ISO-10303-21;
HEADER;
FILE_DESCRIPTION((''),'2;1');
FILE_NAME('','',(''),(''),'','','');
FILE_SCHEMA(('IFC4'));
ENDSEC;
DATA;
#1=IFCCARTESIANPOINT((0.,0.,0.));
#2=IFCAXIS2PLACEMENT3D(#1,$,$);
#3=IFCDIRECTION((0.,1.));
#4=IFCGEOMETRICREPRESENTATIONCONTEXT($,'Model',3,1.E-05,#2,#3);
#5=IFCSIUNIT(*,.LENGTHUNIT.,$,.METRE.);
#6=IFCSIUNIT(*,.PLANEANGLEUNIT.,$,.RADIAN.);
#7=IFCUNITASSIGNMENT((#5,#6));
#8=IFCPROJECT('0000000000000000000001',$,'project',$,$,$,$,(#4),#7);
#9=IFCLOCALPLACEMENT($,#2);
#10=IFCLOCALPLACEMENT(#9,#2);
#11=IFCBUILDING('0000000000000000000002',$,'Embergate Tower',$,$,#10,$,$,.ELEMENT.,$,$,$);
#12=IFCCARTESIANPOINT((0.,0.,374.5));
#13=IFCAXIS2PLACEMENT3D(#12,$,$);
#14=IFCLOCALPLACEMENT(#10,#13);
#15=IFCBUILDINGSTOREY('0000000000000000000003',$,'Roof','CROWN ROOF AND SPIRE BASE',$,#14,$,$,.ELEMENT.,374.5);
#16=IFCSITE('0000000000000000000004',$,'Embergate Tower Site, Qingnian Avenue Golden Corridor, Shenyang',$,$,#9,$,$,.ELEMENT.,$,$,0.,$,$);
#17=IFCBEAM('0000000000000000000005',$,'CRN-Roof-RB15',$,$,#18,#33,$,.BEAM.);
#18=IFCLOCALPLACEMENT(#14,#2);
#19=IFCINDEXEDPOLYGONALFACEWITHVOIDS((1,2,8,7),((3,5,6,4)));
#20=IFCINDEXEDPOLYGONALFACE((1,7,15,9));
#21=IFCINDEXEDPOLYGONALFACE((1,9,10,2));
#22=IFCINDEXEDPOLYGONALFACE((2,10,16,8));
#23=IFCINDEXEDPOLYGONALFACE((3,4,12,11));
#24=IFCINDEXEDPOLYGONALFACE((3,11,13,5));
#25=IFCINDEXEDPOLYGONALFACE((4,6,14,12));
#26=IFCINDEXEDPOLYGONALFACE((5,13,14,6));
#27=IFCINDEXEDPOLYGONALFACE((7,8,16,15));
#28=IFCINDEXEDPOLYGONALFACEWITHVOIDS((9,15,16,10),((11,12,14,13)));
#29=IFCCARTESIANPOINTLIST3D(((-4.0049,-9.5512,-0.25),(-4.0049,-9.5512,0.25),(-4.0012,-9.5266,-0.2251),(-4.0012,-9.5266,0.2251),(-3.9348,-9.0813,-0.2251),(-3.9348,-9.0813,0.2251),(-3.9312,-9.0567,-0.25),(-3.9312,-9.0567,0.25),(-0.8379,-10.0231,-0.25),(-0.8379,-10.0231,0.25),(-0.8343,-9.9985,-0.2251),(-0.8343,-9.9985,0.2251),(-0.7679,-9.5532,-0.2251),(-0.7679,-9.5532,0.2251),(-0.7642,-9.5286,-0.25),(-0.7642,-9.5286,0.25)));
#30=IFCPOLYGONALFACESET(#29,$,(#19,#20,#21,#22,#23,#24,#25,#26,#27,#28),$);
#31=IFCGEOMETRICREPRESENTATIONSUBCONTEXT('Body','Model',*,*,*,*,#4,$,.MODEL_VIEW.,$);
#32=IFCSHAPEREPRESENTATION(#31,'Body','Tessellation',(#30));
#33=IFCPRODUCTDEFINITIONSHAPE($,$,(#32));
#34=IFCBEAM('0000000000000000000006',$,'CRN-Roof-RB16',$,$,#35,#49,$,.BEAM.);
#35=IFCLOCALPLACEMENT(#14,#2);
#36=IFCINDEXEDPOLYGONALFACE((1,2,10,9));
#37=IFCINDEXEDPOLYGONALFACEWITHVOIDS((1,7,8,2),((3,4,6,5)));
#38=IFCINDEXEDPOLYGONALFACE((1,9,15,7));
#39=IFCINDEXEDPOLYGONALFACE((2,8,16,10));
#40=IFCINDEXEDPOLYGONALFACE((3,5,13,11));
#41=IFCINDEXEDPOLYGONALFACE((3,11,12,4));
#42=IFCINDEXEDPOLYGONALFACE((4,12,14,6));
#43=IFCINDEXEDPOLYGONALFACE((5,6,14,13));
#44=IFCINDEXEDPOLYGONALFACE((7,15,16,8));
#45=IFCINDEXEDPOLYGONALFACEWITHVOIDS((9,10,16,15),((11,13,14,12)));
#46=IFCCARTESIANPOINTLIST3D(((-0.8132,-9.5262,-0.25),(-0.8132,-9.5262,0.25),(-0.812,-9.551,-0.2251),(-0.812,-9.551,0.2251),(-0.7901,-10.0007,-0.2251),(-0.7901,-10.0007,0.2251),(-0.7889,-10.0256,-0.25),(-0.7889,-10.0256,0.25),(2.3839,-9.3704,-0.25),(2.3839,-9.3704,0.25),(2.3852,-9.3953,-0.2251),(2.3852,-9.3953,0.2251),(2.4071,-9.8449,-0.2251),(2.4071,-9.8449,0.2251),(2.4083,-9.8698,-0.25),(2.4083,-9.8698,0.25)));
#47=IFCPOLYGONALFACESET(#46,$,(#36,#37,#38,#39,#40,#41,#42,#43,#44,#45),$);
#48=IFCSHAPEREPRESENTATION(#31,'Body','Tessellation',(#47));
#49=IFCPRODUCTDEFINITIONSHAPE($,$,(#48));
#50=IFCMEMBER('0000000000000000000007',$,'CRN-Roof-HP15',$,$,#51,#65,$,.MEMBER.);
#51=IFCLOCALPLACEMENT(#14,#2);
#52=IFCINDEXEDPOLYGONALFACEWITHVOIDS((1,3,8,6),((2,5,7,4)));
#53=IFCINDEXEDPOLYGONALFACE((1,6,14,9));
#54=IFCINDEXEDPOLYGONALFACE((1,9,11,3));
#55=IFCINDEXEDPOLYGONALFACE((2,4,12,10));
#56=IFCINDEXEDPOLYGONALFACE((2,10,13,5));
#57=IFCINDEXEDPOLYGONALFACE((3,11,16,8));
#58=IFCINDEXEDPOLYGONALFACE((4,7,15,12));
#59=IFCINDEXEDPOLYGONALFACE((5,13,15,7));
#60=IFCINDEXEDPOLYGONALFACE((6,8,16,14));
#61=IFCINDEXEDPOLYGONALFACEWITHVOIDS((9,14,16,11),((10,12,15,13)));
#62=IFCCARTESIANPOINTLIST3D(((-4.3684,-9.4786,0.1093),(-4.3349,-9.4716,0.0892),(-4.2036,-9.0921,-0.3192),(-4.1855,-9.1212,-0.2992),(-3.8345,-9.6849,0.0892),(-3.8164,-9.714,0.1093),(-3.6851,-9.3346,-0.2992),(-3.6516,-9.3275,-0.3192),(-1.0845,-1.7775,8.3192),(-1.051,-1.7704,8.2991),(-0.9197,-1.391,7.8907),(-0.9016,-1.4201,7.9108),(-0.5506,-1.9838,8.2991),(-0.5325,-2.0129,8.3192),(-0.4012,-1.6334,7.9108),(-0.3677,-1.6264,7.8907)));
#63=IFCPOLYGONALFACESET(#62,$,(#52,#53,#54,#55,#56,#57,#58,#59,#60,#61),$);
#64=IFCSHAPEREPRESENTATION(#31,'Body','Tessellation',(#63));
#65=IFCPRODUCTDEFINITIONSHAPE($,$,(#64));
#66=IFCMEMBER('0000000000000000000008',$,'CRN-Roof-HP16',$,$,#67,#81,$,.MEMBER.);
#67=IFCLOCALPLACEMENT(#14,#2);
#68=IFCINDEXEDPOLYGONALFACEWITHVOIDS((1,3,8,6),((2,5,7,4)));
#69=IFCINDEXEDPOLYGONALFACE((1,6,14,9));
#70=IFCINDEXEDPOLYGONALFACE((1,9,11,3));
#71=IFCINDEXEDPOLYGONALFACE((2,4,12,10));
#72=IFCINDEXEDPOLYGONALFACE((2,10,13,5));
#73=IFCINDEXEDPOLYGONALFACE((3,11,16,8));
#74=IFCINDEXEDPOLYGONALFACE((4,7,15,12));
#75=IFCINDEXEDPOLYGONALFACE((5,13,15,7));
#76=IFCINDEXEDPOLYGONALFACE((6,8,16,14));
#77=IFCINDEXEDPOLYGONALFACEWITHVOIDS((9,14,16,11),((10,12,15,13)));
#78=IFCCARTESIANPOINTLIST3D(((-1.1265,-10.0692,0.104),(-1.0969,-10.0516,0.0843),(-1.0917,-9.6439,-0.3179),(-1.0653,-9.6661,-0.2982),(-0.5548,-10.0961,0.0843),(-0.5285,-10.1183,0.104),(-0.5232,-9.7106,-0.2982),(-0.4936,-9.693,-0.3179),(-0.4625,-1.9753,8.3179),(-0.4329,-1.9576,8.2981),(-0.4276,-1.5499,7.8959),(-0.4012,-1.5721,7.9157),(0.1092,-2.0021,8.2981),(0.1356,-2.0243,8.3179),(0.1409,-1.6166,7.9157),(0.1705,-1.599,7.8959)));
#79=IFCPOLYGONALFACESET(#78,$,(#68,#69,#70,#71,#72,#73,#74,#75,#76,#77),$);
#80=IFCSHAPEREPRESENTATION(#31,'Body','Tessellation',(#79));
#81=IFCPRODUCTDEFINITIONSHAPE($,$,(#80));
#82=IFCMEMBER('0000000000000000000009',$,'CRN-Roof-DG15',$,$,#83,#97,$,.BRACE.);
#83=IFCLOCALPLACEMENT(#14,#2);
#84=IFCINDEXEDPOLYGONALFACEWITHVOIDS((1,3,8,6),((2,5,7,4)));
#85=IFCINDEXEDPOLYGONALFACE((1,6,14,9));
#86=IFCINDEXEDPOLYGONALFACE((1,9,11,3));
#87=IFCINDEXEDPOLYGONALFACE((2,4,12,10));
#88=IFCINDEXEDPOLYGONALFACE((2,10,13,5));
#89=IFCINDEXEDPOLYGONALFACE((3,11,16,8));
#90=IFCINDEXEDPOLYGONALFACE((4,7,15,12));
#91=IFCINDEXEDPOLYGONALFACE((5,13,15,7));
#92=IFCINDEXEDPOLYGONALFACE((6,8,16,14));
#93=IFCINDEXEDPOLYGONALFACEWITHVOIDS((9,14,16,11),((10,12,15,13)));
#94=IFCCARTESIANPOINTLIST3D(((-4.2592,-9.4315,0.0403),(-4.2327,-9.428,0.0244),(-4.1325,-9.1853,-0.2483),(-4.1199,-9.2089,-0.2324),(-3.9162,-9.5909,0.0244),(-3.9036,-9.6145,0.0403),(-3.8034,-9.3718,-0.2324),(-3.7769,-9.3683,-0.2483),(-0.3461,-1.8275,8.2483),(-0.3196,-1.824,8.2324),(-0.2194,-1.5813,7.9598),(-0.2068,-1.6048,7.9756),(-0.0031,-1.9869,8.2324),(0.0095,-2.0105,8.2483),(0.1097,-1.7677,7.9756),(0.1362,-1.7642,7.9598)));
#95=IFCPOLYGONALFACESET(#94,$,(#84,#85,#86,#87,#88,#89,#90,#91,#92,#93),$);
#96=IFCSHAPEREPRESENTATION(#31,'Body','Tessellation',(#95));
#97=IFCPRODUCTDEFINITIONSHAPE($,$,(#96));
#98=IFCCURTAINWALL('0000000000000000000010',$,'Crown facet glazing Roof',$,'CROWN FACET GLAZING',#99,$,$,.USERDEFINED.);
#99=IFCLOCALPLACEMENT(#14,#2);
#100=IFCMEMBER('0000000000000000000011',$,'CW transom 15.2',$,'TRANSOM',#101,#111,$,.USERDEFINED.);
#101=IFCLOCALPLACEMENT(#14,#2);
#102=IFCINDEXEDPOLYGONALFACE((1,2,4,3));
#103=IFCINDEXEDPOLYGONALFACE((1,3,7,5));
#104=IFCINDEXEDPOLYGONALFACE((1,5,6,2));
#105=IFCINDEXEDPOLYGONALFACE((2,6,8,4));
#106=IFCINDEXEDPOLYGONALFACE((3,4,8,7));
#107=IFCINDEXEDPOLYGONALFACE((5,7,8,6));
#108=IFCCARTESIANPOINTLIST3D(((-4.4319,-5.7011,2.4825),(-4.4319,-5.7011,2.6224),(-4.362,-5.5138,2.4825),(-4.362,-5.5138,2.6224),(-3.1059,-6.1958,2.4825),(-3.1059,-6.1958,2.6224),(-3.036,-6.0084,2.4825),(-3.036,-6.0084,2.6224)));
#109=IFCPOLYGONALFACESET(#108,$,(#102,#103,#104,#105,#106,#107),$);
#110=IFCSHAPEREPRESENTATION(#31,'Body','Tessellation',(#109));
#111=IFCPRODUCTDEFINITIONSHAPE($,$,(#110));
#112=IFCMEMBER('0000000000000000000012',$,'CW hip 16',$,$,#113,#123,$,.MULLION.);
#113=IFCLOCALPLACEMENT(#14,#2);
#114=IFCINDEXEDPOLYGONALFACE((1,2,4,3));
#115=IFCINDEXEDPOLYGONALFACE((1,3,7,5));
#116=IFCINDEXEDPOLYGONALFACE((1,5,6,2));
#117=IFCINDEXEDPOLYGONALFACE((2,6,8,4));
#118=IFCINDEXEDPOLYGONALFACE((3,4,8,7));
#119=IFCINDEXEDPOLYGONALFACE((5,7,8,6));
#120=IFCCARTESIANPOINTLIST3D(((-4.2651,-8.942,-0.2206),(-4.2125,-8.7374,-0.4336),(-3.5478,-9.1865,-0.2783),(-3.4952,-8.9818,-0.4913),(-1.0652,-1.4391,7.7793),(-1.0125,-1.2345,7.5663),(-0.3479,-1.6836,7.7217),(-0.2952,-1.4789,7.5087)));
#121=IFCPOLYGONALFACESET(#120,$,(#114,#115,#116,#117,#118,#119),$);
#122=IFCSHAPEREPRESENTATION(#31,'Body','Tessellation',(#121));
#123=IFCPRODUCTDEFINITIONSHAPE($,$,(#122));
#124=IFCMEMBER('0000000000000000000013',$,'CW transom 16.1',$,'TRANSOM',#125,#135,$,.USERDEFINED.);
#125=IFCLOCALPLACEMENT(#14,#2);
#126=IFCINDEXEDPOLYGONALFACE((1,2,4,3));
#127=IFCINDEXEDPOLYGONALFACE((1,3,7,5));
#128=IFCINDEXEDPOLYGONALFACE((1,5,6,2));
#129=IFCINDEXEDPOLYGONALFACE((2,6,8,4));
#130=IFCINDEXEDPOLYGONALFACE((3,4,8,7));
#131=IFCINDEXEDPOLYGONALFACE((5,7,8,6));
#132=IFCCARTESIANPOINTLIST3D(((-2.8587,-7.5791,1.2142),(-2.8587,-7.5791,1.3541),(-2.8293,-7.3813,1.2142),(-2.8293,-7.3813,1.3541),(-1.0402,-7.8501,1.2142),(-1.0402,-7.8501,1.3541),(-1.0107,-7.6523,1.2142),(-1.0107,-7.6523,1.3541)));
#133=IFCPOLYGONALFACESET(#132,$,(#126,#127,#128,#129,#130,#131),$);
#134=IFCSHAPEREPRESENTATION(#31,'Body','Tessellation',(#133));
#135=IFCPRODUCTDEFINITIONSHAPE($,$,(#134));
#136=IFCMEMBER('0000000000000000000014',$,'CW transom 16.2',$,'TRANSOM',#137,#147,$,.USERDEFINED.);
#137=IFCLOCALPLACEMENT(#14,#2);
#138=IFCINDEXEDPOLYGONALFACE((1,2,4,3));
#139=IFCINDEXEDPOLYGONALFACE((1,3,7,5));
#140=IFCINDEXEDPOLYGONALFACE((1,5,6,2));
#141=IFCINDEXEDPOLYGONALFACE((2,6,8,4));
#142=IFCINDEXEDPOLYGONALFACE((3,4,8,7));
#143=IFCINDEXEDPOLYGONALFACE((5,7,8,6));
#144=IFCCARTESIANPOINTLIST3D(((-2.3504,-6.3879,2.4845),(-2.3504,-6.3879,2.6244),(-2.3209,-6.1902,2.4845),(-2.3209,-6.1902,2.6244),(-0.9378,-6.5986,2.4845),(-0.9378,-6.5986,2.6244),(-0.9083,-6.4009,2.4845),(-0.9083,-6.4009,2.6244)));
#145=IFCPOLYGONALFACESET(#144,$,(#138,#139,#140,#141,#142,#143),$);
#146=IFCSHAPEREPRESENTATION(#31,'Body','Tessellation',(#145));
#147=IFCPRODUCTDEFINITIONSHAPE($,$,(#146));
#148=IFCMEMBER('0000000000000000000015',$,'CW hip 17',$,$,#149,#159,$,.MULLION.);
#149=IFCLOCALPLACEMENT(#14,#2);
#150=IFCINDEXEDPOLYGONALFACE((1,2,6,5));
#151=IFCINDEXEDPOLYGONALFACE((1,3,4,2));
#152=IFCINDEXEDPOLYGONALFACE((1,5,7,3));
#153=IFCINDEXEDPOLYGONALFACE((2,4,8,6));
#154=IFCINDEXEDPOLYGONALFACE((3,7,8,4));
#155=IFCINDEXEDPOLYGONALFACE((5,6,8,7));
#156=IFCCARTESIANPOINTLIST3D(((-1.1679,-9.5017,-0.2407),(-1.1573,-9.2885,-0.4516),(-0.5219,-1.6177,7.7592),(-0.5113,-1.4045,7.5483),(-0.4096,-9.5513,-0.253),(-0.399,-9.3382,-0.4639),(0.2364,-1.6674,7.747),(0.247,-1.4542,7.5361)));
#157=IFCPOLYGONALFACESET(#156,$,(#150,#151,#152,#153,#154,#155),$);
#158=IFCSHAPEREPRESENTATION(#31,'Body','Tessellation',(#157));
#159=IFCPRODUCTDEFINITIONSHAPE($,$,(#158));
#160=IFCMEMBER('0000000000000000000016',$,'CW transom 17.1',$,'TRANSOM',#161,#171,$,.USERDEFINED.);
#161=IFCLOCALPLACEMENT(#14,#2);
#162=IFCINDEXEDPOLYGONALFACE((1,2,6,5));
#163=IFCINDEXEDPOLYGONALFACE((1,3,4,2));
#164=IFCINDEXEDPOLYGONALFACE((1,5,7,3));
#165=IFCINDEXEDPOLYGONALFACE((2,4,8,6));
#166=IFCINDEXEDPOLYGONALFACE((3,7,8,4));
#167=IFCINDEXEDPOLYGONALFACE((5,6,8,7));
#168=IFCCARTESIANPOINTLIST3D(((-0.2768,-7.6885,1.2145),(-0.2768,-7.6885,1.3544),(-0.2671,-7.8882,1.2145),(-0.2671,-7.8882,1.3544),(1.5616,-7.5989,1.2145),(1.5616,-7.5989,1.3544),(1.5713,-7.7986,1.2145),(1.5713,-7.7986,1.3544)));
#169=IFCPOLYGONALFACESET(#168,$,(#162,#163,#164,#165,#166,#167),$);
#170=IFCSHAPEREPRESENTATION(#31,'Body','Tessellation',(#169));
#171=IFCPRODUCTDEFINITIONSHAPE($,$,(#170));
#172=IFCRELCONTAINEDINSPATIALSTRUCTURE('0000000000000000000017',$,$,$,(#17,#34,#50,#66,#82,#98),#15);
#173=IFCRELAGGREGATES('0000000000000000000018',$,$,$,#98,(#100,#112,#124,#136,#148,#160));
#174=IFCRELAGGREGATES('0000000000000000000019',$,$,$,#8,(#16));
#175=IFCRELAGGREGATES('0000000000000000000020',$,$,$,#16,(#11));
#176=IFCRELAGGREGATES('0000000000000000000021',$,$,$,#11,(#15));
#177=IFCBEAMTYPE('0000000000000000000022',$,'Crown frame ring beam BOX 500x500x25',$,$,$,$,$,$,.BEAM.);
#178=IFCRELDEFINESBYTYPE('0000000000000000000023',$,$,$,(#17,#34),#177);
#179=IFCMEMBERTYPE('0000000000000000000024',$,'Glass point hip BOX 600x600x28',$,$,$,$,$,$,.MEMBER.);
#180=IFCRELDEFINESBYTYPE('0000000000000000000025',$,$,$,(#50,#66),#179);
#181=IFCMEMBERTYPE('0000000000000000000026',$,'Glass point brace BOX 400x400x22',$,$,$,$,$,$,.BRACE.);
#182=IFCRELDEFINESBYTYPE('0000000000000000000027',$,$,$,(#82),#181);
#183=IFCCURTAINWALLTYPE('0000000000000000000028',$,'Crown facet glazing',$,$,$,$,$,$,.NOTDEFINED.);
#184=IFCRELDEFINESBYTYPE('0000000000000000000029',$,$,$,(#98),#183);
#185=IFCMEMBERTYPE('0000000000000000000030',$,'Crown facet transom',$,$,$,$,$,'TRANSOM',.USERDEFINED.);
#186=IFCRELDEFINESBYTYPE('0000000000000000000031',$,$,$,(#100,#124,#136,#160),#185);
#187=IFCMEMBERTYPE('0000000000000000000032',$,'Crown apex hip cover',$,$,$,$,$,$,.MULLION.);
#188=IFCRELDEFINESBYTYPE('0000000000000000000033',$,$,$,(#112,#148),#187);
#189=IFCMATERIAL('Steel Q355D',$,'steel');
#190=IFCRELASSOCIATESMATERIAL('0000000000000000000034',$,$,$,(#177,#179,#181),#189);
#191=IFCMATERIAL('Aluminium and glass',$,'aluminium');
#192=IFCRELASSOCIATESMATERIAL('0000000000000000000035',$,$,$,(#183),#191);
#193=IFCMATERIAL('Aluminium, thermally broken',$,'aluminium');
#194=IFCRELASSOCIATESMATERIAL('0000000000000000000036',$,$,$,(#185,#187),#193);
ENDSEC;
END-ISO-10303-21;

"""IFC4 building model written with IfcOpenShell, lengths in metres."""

from ifc_helpers import new_model, si_unit, direction, frame, origin, origin_2d, place, context, subcontext, project, spatial, rectangle, hollow_rectangle, extrude, source, transform, mapped, material, material_profile, profile_set, type_object, element, aggregate, save


model = new_model("IFC4")

# Units and contexts
model_context = context("Model", 3, precision=1e-05, world=origin(), true_north=direction((0.0, 1.0)))
body_context = subcontext(model_context, "Body", "Model", "MODEL_VIEW")
ifc_project = project(units=[si_unit("LENGTHUNIT", "METRE"), si_unit("PLANEANGLEUNIT", "RADIAN")], contexts=[model_context])

# Site, building, storey
site_placement = place(None, origin())
site = spatial("IfcSite", under=ifc_project, at=site_placement, Name="Embergate Tower Site, Qingnian Avenue Golden Corridor, Shenyang", CompositionType="ELEMENT", RefElevation=0.0)
building_placement = place(site_placement, origin())
building = spatial("IfcBuilding", under=site, at=building_placement, Name="Embergate Tower", CompositionType="ELEMENT")
storey_placement = place(building_placement, frame((0.0, 0.0, 374.5)))
storey = spatial("IfcBuildingStorey", under=building, at=storey_placement, Name="Roof", Description="CROWN ROOF AND SPIRE BASE", CompositionType="ELEMENT", Elevation=374.5)

# Beams
ifc_material_1 = material(Name="Steel Q355D", Category="steel")
ifc_material_profile_1 = material_profile(ifc_material_1, hollow_rectangle(XDim=0.5, YDim=0.5, WallThickness=0.0249, at=origin_2d()), Name="BOX 500x500x25")
ifc_profile_set_1 = profile_set([ifc_material_profile_1], Name="Steel Q355 grade D")
beam_type = type_object("IfcBeamType", Name="Crown frame ring beam BOX 500x500x25", PredefinedType="BEAM", material=ifc_profile_set_1)
shared_shape_1 = source(origin(), body_context, "Body", "SweptSolid", [
    extrude(hollow_rectangle(XDim=0.5, YDim=0.5, WallThickness=0.0249, at=origin_2d()), origin(), (0.0, 0.0, 1.0), 3.2019),
])
beam_1_placement = place(storey_placement, frame((-3.968, -9.304, 0.0), z_axis=(0.989079, -0.147386, 0.0), x_axis=(0.147386, 0.989079, 0.0)))
element("IfcBeam", 1, at=beam_1_placement, inside=storey, type_object=beam_type, Name="CRN-Roof-RB15", PredefinedType="BEAM", context=body_context, shape_type="MappedRepresentation", body=[
    mapped(shared_shape_1, transform((0.0, 0.0, 0.0))),
])
shared_shape_2 = source(origin(), body_context, "Body", "SweptSolid", [
    extrude(hollow_rectangle(XDim=0.5, YDim=0.5, WallThickness=0.0249, at=origin_2d()), origin(), (0.0, 0.0, 1.0), 3.2009),
])
beam_2_placement = place(storey_placement, frame((-0.801, -9.7759, 0.0), z_axis=(0.998815, 0.048663, 0.0), x_axis=(-0.048663, 0.998815, 0.0)))
element("IfcBeam", 2, at=beam_2_placement, inside=storey, type_object=beam_type, Name="CRN-Roof-RB16", PredefinedType="BEAM", context=body_context, shape_type="MappedRepresentation", body=[
    mapped(shared_shape_2, transform((0.0, 0.0, 0.0))),
])

# Members
ifc_material_profile_2 = material_profile(ifc_material_1, hollow_rectangle(XDim=0.6001, YDim=0.6001, WallThickness=0.0281, at=origin_2d()), Name="BOX 600x600x28")
ifc_profile_set_2 = profile_set([ifc_material_profile_2], Name="Steel Q355 grade D")
member_type_1 = type_object("IfcMemberType", Name="Glass point hip BOX 600x600x28", PredefinedType="MEMBER", material=ifc_profile_set_2)
shared_shape_3 = source(origin(), body_context, "Body", "SweptSolid", [
    extrude(hollow_rectangle(XDim=0.6001, YDim=0.6001, WallThickness=0.0281, at=origin_2d()), origin(), (0.0, 0.0, 1.0), 11.7258),
])
member_1_placement = place(storey_placement, frame((-4.01, -9.4031, -0.105), z_axis=(0.280059, 0.656768, 0.700159), x_axis=(-0.91986, 0.392247, 0.0)))
element("IfcMember", 3, at=member_1_placement, inside=storey, type_object=member_type_1, Name="CRN-Roof-HP15", PredefinedType="MEMBER", context=body_context, shape_type="MappedRepresentation", body=[
    mapped(shared_shape_3, transform((0.0, 0.0, 0.0))),
])
shared_shape_4 = source(origin(), body_context, "Body", "SweptSolid", [
    extrude(hollow_rectangle(XDim=0.6001, YDim=0.6001, WallThickness=0.0281, at=origin_2d()), origin(), (0.0, 0.0, 1.0), 11.5508),
])
member_2_placement = place(storey_placement, frame((-0.8101, -9.8811, -0.1069), z_axis=(0.057491, 0.700729, 0.711107), x_axis=(-0.996651, 0.081769, 0.0)))
element("IfcMember", 4, at=member_2_placement, inside=storey, type_object=member_type_1, Name="CRN-Roof-HP16", PredefinedType="MEMBER", context=body_context, shape_type="MappedRepresentation", body=[
    mapped(shared_shape_4, transform((0.0, 0.0, 0.0))),
])
ifc_material_profile_3 = material_profile(ifc_material_1, hollow_rectangle(XDim=0.3999, YDim=0.3999, WallThickness=0.022, at=origin_2d()), Name="BOX 400x400x22")
ifc_profile_set_3 = profile_set([ifc_material_profile_3], Name="Steel Q355 grade D")
member_type_2 = type_object("IfcMemberType", Name="Glass point brace BOX 400x400x22", PredefinedType="BRACE", material=ifc_profile_set_3)
shared_shape_5 = source(origin(), body_context, "Body", "SweptSolid", [
    extrude(hollow_rectangle(XDim=0.3999, YDim=0.3999, WallThickness=0.022, at=origin_2d()), origin(), (0.0, 0.0, 1.0), 11.8535),
])
member_3_placement = place(storey_placement, frame((-4.0181, -9.3999, -0.104), z_axis=(0.330122, 0.641501, 0.692457), x_axis=(-0.889171, 0.457575, 0.0)))
element("IfcMember", 5, at=member_3_placement, inside=storey, type_object=member_type_2, Name="CRN-Roof-DG15", PredefinedType="BRACE", context=body_context, shape_type="MappedRepresentation", body=[
    mapped(shared_shape_5, transform((0.0, 0.0, 0.0))),
])

# Curtain wall, members
ifc_material_2 = material(Name="Aluminium and glass", Category="aluminium")
curtain_wall_type = type_object("IfcCurtainWallType", Name="Crown facet glazing", PredefinedType="NOTDEFINED", material=ifc_material_2)
curtain_wall_placement = place(storey_placement, origin())
curtain_wall = element("IfcCurtainWall", 6, at=curtain_wall_placement, inside=storey, type_object=curtain_wall_type, Name="Crown facet glazing Roof", ObjectType="CROWN FACET GLAZING", PredefinedType="USERDEFINED")
ifc_material_3 = material(Name="Aluminium, thermally broken", Category="aluminium")
ifc_material_profile_4 = material_profile(ifc_material_3, rectangle(XDim=0.2, YDim=0.1399, at=origin_2d()), Name="AL 140x200")
ifc_profile_set_4 = profile_set([ifc_material_profile_4], Name="Aluminium, thermally broken")
member_type_3 = type_object("IfcMemberType", Name="Crown facet transom", ElementType="TRANSOM", PredefinedType="USERDEFINED", material=ifc_profile_set_4)
shared_shape_6 = source(origin(), body_context, "Body", "SweptSolid", [
    extrude(rectangle(XDim=0.2, YDim=0.1399, at=origin_2d()), origin(), (0.0, 0.0, 1.0), 1.4153),
])
member_4_placement = place(storey_placement, frame((-4.397, -5.6074, 2.5525), z_axis=(0.93693, -0.349516, 0.0), x_axis=(0.349516, 0.93693, 0.0)))
member_4 = element("IfcMember", 7, at=member_4_placement, type_object=member_type_3, Name="CW transom 15.2", ObjectType="TRANSOM", PredefinedType="USERDEFINED", context=body_context, shape_type="MappedRepresentation", body=[
    mapped(shared_shape_6, transform((0.0, 0.0, 0.0))),
])
ifc_material_profile_5 = material_profile(ifc_material_3, rectangle(XDim=0.3, YDim=0.76, at=origin_2d()), Name="AL 760x300")
ifc_profile_set_5 = profile_set([ifc_material_profile_5], Name="Aluminium, thermally broken")
member_type_4 = type_object("IfcMemberType", Name="Crown apex hip cover", PredefinedType="MULLION", material=ifc_profile_set_5)
shared_shape_7 = source(origin(), body_context, "Body", "SweptSolid", [
    extrude(rectangle(XDim=0.3, YDim=0.76, at=origin_2d()), origin(), (0.0, 0.0, 1.0), 11.425),
])
member_5_placement = place(storey_placement, frame((-3.8801, -8.9619, -0.356), z_axis=(0.28008, 0.656704, 0.700211), x_axis=(-0.175395, -0.68212, 0.709894)))
member_5 = element("IfcMember", 8, at=member_5_placement, type_object=member_type_4, Name="CW hip 16", PredefinedType="MULLION", context=body_context, shape_type="MappedRepresentation", body=[
    mapped(shared_shape_7, transform((0.0, 0.0, 0.0))),
])
shared_shape_8 = source(origin(), body_context, "Body", "SweptSolid", [
    extrude(rectangle(XDim=0.2, YDim=0.1399, at=origin_2d()), origin(), (0.0, 0.0, 1.0), 1.8386),
])
member_6_placement = place(storey_placement, frame((-2.844, -7.4802, 1.2842), z_axis=(0.989079, -0.147386, 0.0), x_axis=(0.147386, 0.989079, 0.0)))
member_6 = element("IfcMember", 9, at=member_6_placement, type_object=member_type_3, Name="CW transom 16.1", ObjectType="TRANSOM", PredefinedType="USERDEFINED", context=body_context, shape_type="MappedRepresentation", body=[
    mapped(shared_shape_8, transform((0.0, 0.0, 0.0))),
])
shared_shape_9 = source(origin(), body_context, "Body", "SweptSolid", [
    extrude(rectangle(XDim=0.2, YDim=0.1399, at=origin_2d()), origin(), (0.0, 0.0, 1.0), 1.4282),
])
member_7_placement = place(storey_placement, frame((-2.3357, -6.2891, 2.5544), z_axis=(0.989059, -0.147521, 0.0), x_axis=(0.147521, 0.989059, 0.0)))
member_7 = element("IfcMember", 10, at=member_7_placement, type_object=member_type_3, Name="CW transom 16.2", ObjectType="TRANSOM", PredefinedType="USERDEFINED", context=body_context, shape_type="MappedRepresentation", body=[
    mapped(shared_shape_9, transform((0.0, 0.0, 0.0))),
])
shared_shape_10 = source(origin(), body_context, "Body", "SweptSolid", [
    extrude(rectangle(XDim=0.3, YDim=0.76, at=origin_2d()), origin(), (0.0, 0.0, 1.0), 11.2505),
])
member_8_placement = place(storey_placement, frame((-0.7834, -9.4199, -0.3523), z_axis=(0.057419, 0.700768, 0.711075), x_axis=(-0.035152, -0.71039, 0.70293)))
member_8 = element("IfcMember", 11, at=member_8_placement, type_object=member_type_4, Name="CW hip 17", PredefinedType="MULLION", context=body_context, shape_type="MappedRepresentation", body=[
    mapped(shared_shape_10, transform((0.0, 0.0, 0.0))),
])
shared_shape_11 = source(origin(), body_context, "Body", "SweptSolid", [
    extrude(rectangle(XDim=0.2, YDim=0.1399, at=origin_2d()), origin(), (0.0, 0.0, 1.0), 1.8406),
])
member_9_placement = place(storey_placement, frame((-0.272, -7.7883, 1.2844), z_axis=(0.998814, 0.048681, 0.0), x_axis=(-0.048681, 0.998814, 0.0)))
member_9 = element("IfcMember", 12, at=member_9_placement, type_object=member_type_3, Name="CW transom 17.1", ObjectType="TRANSOM", PredefinedType="USERDEFINED", context=body_context, shape_type="MappedRepresentation", body=[
    mapped(shared_shape_11, transform((0.0, 0.0, 0.0))),
])

aggregate(curtain_wall, [member_4, member_5, member_6, member_7, member_8, member_9])

save(model, "model.ifc")
